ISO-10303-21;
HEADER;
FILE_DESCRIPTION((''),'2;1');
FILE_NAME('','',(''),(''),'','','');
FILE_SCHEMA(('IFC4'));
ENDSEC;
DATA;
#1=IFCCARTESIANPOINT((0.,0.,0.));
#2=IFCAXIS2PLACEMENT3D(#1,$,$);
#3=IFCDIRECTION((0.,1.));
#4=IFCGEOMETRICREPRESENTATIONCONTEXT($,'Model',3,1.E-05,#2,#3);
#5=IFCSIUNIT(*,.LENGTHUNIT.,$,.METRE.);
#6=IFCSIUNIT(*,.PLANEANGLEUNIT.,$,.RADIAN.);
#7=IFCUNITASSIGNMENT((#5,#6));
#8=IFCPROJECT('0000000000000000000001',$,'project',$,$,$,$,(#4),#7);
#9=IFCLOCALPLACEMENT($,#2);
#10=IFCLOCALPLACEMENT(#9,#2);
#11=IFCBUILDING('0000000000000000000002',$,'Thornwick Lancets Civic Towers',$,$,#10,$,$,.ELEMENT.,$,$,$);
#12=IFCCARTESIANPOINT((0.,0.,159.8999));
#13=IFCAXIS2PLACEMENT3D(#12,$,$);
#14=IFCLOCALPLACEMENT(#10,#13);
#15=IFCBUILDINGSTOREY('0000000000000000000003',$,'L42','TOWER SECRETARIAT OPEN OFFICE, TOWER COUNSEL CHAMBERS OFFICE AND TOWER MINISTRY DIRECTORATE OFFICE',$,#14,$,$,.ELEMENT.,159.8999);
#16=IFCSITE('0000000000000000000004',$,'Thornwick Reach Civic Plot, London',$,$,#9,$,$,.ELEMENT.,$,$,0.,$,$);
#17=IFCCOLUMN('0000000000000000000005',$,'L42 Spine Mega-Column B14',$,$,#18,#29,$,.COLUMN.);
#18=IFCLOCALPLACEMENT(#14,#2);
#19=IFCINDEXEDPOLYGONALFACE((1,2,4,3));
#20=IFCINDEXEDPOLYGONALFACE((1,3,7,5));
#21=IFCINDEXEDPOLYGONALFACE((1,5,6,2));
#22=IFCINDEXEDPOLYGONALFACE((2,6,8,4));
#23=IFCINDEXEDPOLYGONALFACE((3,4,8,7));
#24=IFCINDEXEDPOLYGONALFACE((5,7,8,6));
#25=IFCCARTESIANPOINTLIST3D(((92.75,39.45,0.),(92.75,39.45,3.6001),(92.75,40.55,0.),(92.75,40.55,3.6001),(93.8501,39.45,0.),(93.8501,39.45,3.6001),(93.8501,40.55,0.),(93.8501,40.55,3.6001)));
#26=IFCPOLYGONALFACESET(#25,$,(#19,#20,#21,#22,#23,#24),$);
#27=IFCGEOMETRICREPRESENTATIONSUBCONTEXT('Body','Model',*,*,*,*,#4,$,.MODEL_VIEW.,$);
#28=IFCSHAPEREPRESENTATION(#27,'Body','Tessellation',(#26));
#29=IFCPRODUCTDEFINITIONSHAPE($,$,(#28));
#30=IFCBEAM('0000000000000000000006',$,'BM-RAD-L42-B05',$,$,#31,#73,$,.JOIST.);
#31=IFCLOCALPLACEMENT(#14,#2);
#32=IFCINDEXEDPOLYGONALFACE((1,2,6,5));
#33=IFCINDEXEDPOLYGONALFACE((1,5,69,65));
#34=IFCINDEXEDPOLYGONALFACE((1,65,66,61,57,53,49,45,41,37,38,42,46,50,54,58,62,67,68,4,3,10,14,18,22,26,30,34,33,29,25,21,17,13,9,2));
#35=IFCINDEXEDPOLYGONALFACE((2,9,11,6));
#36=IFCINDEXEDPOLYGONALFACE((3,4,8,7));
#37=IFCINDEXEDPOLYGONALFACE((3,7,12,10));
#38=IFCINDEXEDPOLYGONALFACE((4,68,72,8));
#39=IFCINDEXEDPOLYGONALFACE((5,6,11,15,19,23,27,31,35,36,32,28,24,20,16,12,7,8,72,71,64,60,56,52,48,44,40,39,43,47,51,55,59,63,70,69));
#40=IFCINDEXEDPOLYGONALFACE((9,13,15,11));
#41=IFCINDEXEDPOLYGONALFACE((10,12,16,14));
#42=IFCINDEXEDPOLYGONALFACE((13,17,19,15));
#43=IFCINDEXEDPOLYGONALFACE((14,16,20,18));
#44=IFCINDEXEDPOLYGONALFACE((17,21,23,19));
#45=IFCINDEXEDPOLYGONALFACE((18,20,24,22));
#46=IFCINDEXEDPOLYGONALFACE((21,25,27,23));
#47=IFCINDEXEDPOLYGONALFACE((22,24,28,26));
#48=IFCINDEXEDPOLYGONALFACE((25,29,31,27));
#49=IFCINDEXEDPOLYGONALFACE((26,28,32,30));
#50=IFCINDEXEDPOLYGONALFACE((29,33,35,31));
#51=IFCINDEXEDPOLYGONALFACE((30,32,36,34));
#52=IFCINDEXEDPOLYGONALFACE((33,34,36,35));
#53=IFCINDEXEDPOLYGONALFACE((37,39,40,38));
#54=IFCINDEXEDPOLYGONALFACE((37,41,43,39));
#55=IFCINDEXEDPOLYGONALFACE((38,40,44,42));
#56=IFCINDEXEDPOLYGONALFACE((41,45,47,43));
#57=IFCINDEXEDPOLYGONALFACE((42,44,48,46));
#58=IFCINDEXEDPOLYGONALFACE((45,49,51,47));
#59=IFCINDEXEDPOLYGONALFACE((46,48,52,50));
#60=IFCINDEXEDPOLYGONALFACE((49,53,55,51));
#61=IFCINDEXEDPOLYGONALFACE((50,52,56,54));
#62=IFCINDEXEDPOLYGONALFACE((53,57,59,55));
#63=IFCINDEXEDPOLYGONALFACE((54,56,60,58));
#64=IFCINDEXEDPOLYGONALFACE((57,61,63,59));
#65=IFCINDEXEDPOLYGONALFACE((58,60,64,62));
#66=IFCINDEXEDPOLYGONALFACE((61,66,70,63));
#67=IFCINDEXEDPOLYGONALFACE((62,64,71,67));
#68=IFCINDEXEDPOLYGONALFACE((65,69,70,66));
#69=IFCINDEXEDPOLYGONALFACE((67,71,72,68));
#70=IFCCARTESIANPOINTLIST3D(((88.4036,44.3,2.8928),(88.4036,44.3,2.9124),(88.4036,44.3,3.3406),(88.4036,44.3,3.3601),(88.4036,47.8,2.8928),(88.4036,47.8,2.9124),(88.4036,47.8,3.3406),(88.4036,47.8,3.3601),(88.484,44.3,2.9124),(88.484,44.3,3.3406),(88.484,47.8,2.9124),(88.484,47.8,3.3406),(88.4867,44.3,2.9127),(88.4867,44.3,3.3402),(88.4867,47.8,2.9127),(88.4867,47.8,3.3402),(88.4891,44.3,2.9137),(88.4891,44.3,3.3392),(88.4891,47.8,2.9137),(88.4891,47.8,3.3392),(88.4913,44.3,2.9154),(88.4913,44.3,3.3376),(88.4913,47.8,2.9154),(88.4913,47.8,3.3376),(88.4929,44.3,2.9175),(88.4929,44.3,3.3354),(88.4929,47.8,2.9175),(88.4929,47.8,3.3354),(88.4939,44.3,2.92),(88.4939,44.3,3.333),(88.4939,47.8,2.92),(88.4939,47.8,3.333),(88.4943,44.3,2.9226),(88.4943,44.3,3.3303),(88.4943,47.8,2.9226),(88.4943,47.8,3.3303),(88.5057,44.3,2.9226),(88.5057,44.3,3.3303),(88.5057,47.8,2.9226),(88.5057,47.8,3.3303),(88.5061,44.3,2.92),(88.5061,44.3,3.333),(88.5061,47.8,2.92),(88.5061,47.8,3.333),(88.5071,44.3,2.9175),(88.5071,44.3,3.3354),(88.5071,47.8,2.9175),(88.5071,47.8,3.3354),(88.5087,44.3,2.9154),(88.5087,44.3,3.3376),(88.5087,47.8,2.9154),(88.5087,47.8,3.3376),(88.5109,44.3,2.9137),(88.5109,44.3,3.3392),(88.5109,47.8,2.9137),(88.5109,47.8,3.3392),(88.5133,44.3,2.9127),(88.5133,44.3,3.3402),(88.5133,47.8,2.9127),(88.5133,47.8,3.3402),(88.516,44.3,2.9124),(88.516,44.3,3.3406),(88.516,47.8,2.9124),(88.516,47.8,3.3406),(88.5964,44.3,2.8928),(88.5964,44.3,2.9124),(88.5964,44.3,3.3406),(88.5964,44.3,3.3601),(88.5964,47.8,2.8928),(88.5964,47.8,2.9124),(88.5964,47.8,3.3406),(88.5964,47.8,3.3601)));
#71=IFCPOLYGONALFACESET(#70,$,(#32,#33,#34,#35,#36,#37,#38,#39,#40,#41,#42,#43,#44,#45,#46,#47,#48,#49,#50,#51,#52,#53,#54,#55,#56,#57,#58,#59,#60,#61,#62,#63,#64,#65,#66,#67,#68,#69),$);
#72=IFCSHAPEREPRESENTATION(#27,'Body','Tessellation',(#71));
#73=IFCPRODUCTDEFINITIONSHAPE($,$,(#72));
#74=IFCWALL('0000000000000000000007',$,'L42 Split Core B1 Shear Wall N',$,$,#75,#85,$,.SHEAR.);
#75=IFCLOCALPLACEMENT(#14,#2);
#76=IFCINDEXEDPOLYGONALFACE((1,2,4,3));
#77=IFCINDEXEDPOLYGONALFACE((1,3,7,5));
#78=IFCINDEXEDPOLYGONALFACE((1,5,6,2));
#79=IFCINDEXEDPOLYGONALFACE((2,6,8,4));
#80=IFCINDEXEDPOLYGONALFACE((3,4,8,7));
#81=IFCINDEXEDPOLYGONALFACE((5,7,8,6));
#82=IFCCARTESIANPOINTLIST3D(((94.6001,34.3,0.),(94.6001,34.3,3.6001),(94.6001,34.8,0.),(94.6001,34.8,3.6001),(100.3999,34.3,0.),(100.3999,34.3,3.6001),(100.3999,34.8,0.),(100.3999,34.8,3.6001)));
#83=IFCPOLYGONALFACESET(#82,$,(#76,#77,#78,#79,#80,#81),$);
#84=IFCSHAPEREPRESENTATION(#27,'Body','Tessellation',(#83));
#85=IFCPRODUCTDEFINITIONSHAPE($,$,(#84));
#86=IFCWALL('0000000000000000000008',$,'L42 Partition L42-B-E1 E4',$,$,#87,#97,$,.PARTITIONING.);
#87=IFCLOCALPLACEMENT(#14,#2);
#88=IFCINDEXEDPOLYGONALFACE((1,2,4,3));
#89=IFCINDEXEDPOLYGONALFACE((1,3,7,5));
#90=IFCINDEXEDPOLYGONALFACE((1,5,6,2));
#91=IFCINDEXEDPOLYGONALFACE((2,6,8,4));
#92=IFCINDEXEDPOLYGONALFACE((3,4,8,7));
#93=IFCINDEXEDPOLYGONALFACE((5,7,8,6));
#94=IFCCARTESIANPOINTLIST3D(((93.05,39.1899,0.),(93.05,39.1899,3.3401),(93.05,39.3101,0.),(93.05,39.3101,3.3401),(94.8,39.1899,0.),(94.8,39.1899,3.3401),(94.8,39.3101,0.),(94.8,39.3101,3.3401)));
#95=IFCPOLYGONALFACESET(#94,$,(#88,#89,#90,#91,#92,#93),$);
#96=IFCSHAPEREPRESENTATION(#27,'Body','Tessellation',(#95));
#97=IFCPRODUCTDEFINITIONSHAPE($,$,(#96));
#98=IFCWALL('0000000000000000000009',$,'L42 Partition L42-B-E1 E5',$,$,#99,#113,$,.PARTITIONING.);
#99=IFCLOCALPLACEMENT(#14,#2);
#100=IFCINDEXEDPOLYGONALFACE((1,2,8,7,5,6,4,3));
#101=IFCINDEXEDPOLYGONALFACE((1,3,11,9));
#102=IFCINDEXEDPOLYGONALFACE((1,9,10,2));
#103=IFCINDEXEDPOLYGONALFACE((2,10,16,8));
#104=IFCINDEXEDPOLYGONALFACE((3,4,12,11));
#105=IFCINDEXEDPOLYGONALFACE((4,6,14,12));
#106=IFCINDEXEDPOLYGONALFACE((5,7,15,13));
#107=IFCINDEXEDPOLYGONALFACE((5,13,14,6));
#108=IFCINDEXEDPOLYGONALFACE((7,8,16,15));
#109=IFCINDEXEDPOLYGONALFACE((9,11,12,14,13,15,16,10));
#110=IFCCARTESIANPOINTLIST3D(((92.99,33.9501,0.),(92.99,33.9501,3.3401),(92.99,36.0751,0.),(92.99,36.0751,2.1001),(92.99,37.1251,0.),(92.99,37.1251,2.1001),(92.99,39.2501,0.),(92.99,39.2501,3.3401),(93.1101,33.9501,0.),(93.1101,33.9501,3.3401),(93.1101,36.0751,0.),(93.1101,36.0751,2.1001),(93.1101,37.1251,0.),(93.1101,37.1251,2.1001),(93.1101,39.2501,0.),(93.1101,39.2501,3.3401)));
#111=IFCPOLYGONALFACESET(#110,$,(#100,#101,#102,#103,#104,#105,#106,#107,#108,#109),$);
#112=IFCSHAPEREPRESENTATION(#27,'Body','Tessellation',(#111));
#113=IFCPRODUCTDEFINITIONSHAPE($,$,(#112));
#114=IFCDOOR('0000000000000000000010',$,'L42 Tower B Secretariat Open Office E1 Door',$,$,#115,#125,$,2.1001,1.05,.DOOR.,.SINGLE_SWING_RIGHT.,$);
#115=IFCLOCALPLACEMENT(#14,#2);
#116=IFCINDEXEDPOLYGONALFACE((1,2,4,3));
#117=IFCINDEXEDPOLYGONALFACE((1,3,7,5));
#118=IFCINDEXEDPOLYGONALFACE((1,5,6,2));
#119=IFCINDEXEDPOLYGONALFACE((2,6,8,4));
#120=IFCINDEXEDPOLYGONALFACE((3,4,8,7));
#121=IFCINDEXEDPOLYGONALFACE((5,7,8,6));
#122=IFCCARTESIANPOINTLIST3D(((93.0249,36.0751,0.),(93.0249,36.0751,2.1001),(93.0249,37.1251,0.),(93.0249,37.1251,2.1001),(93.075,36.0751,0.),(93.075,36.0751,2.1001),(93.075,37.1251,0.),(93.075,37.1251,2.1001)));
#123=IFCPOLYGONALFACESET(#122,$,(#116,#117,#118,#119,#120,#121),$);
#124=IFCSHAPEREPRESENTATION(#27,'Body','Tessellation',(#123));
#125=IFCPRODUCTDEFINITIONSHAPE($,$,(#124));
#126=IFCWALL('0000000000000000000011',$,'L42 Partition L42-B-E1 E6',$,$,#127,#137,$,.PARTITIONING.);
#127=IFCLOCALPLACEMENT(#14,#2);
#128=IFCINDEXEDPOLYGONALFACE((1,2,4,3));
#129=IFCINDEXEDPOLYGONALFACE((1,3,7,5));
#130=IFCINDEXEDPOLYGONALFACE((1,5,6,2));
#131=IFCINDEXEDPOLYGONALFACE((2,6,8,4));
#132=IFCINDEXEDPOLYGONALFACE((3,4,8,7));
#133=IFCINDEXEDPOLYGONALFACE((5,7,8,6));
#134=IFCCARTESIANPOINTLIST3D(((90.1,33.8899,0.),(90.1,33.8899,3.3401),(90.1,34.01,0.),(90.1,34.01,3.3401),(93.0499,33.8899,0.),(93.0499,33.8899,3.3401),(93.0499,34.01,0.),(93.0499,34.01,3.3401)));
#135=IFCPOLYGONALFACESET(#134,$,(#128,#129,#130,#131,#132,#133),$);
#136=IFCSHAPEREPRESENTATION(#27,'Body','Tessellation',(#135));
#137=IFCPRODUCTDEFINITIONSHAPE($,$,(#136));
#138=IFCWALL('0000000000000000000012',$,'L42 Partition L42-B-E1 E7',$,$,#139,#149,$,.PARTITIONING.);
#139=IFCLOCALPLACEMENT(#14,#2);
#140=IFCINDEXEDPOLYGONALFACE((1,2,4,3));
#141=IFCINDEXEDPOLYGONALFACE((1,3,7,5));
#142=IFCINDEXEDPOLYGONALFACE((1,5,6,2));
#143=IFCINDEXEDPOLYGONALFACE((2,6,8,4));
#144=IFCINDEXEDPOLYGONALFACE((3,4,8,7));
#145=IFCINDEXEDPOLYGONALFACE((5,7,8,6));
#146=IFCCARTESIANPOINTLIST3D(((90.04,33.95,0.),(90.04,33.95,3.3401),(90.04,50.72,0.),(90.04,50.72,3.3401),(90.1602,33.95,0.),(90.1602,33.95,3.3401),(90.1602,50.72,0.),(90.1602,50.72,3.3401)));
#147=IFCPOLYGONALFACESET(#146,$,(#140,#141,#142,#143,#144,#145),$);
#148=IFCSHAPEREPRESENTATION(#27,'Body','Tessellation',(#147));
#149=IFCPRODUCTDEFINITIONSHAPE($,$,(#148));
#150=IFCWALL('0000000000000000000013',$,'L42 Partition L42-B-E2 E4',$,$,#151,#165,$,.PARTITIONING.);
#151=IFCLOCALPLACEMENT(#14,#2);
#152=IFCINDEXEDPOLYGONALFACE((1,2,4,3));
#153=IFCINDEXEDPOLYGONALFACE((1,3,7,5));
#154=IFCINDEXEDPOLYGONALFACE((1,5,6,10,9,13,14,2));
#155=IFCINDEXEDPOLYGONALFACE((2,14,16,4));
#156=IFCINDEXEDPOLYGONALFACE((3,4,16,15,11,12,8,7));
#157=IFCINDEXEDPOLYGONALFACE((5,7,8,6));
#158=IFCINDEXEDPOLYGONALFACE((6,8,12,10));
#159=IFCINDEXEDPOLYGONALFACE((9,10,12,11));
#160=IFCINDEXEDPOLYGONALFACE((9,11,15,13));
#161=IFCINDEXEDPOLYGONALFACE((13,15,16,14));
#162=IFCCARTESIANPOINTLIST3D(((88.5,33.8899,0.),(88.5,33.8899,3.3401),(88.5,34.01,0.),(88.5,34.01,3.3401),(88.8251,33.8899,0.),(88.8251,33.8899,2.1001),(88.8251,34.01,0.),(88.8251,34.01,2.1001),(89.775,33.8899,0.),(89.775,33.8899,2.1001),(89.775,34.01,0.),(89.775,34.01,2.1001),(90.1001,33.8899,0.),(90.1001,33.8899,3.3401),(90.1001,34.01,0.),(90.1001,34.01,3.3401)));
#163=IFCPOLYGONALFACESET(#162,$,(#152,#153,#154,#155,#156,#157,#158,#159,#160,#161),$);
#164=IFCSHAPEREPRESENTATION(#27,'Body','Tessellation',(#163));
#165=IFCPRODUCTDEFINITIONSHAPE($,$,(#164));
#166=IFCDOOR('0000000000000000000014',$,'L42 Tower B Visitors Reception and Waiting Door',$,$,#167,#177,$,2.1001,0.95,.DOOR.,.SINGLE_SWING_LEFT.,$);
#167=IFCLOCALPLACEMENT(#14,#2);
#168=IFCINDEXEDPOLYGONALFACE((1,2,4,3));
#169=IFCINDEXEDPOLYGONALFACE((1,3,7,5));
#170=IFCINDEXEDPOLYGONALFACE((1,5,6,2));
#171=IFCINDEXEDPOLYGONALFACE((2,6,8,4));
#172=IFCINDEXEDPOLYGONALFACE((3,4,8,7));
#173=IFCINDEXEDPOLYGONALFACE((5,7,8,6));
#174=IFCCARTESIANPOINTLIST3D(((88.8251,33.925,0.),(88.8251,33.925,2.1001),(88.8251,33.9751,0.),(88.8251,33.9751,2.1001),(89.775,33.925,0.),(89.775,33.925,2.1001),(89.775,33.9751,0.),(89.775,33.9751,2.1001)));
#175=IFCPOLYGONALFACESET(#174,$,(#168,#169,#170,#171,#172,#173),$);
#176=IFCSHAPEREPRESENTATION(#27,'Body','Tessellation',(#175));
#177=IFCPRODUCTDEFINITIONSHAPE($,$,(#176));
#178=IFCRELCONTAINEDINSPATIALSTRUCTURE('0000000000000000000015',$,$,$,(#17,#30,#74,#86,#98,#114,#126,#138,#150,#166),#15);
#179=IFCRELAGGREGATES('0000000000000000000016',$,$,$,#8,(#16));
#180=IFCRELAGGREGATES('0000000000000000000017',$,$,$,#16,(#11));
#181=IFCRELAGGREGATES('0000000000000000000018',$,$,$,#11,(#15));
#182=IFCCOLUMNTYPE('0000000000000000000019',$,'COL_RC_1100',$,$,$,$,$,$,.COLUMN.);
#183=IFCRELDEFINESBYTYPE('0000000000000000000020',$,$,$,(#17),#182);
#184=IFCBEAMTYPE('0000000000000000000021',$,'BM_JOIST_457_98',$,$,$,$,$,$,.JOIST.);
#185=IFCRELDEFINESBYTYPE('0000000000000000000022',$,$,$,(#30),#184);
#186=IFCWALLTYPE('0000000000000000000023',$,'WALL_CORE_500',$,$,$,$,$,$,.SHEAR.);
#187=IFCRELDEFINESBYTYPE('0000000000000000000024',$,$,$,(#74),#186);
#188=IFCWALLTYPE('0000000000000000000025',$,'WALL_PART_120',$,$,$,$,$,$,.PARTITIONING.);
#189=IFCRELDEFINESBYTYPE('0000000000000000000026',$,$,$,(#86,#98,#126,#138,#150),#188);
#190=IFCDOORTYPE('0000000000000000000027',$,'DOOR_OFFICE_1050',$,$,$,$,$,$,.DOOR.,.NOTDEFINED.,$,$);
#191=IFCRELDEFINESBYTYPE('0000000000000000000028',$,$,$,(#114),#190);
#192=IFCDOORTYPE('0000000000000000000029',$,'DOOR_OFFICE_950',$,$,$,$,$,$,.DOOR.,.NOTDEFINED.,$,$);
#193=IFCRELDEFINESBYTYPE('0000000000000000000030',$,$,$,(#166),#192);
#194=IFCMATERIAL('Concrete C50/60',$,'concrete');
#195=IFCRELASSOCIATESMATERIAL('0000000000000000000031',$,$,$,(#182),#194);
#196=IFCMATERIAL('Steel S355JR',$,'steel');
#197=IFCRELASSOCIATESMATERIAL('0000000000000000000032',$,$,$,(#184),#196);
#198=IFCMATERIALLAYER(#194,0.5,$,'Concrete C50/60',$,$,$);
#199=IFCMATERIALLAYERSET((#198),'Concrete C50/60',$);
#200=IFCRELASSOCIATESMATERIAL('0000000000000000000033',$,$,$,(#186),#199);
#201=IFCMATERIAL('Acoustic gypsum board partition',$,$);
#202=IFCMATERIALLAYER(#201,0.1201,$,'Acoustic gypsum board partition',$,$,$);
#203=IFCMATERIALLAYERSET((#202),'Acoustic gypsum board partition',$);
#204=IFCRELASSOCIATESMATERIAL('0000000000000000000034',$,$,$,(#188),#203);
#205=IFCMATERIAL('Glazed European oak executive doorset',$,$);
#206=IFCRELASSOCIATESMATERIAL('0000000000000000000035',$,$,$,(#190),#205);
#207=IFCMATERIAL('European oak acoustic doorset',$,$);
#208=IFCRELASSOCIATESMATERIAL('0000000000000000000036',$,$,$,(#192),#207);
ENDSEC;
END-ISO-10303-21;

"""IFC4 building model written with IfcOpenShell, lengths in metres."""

from ifc_helpers import new_model, si_unit, direction, frame, frame_2d, origin, origin_2d, place, context, subcontext, project, spatial, rectangle, i_section, extrude, material, layer, layer_set, material_profile, profile_set, type_object, element, fill, save


model = new_model("IFC4")

# Units and contexts
model_context = context("Model", 3, precision=1e-05, world=origin(), true_north=direction((0.0, 1.0)))
body_context = subcontext(model_context, "Body", "Model", "MODEL_VIEW")
ifc_project = project(units=[si_unit("LENGTHUNIT", "METRE"), si_unit("PLANEANGLEUNIT", "RADIAN")], contexts=[model_context])

# Site, building, storey
site_placement = place(None, origin())
site = spatial("IfcSite", under=ifc_project, at=site_placement, Name="Thornwick Reach Civic Plot, London", CompositionType="ELEMENT", RefElevation=0.0)
building_placement = place(site_placement, origin())
building = spatial("IfcBuilding", under=site, at=building_placement, Name="Thornwick Lancets Civic Towers", CompositionType="ELEMENT")
storey_placement = place(building_placement, frame((0.0, 0.0, 159.8999)))
storey = spatial("IfcBuildingStorey", under=building, at=storey_placement, Name="L42", Description="TOWER SECRETARIAT OPEN OFFICE, TOWER COUNSEL CHAMBERS OFFICE AND TOWER MINISTRY DIRECTORATE OFFICE", CompositionType="ELEMENT", Elevation=159.8999)

# Column
ifc_material_1 = material(Name="Concrete C50/60", Category="concrete")
ifc_material_profile_1 = material_profile(ifc_material_1, rectangle(XDim=1.1001, YDim=1.1001, at=origin_2d()), Name="RC 1100x1100")
ifc_profile_set_1 = profile_set([ifc_material_profile_1], Name="Concrete C50/60")
column_type = type_object("IfcColumnType", Name="COL_RC_1100", PredefinedType="COLUMN", material=ifc_profile_set_1)
column_placement = place(storey_placement, frame((93.3, 40.0, 0.0), z_axis=(0.0, 0.0, 1.0), x_axis=(1.0, 0.0, 0.0)))
element("IfcColumn", 1, at=column_placement, inside=storey, type_object=column_type, Name="L42 Spine Mega-Column B14", PredefinedType="COLUMN", context=body_context, shape_type="SweptSolid", body=[
    extrude(rectangle(XDim=1.1001, YDim=1.1001, at=origin_2d()), origin(), (0.0, 0.0, 1.0), 3.6001),
])

# Beam
ifc_material_2 = material(Name="Steel S355JR", Category="steel")
ifc_material_profile_2 = material_profile(ifc_material_2, i_section(OverallWidth=0.1929, OverallDepth=0.4673, WebThickness=0.0115, FlangeThickness=0.0195, FilletRadius=0.0103, at=origin_2d()), Name="UKB 457x191x98")
ifc_profile_set_2 = profile_set([ifc_material_profile_2], Name="Steel S355JR")
beam_type = type_object("IfcBeamType", Name="BM_JOIST_457_98", PredefinedType="JOIST", material=ifc_profile_set_2)
beam_placement = place(storey_placement, frame((88.5, 44.3, 3.1265), z_axis=(0.0, 1.0, 0.0), x_axis=(-1.0, 0.0, 0.0)))
element("IfcBeam", 2, at=beam_placement, inside=storey, type_object=beam_type, Name="BM-RAD-L42-B05", PredefinedType="JOIST", context=body_context, shape_type="SweptSolid", body=[
    extrude(i_section(OverallWidth=0.1929, OverallDepth=0.4673, WebThickness=0.0115, FlangeThickness=0.0195, FilletRadius=0.0103, at=origin_2d()), origin(), (0.0, 0.0, 1.0), 3.5),
])

# Walls
ifc_layer_1 = layer(ifc_material_1, 0.5, Name="Concrete C50/60")
ifc_layer_set_1 = layer_set([ifc_layer_1], Name="Concrete C50/60")
wall_type_1 = type_object("IfcWallType", Name="WALL_CORE_500", PredefinedType="SHEAR", material=ifc_layer_set_1)
wall_1_placement = place(storey_placement, frame((94.6001, 34.55, 0.0), z_axis=(0.0, 0.0, 1.0), x_axis=(1.0, 0.0, 0.0)))
element("IfcWall", 3, at=wall_1_placement, inside=storey, type_object=wall_type_1, Name="L42 Split Core B1 Shear Wall N", PredefinedType="SHEAR", context=body_context, shape_type="SweptSolid", body=[
    extrude(rectangle(XDim=5.7998, YDim=0.5, at=frame_2d((2.8999, 0.0))), origin(), (0.0, 0.0, 1.0), 3.6001),
])
ifc_material_3 = material(Name="Acoustic gypsum board partition")
ifc_layer_2 = layer(ifc_material_3, 0.1201, Name="Acoustic gypsum board partition")
ifc_layer_set_2 = layer_set([ifc_layer_2], Name="Acoustic gypsum board partition")
wall_type_2 = type_object("IfcWallType", Name="WALL_PART_120", PredefinedType="PARTITIONING", material=ifc_layer_set_2)
wall_2_placement = place(storey_placement, frame((94.8, 39.25, 0.0), z_axis=(0.0, 0.0, 1.0), x_axis=(-1.0, 0.0, 0.0)))
element("IfcWall", 4, at=wall_2_placement, inside=storey, type_object=wall_type_2, Name="L42 Partition L42-B-E1 E4", PredefinedType="PARTITIONING", context=body_context, shape_type="SweptSolid", body=[
    extrude(rectangle(XDim=1.75, YDim=0.1201, at=frame_2d((0.875, 0.0))), origin(), (0.0, 0.0, 1.0), 3.3401),
])

# Wall, opening, door
wall_3_placement = place(storey_placement, frame((93.05, 39.25, 0.0), z_axis=(0.0, 0.0, 1.0), x_axis=(0.0, -1.0, 0.0)))
wall_3 = element("IfcWall", 5, at=wall_3_placement, inside=storey, type_object=wall_type_2, Name="L42 Partition L42-B-E1 E5", PredefinedType="PARTITIONING", context=body_context, shape_type="SweptSolid", body=[
    extrude(rectangle(XDim=5.3, YDim=0.1201, at=frame_2d((2.6499, 0.0))), origin(), (0.0, 0.0, 1.0), 3.3401),
])
opening_1_placement = place(wall_3_placement, frame((2.125, 0.0, 0.0)))
opening_1 = element("IfcOpeningElement", 6, at=opening_1_placement, cuts=wall_3, PredefinedType="OPENING", context=body_context, shape_type="SweptSolid", body=[
    extrude(rectangle(XDim=1.05, YDim=2.1001, at=frame_2d((0.5249, 1.05))), frame((0.0, 0.0701, 0.0), z_axis=(0.0, -1.0, 0.0), x_axis=(1.0, 0.0, 0.0)), (0.0, 0.0, 1.0), 0.1401),
])
ifc_material_4 = material(Name="Glazed European oak executive doorset")
door_type_1 = type_object("IfcDoorType", Name="DOOR_OFFICE_1050", OperationType="NOTDEFINED", PredefinedType="DOOR", material=ifc_material_4)
door_1_placement = place(opening_1_placement, origin())
door_1 = element("IfcDoor", 7, at=door_1_placement, inside=storey, type_object=door_type_1, Name="L42 Tower B Secretariat Open Office E1 Door", OperationType="SINGLE_SWING_RIGHT", OverallHeight=2.1001, OverallWidth=1.05, PredefinedType="DOOR", context=body_context, shape_type="SweptSolid", body=[
    extrude(rectangle(XDim=1.05, YDim=2.1001, at=frame_2d((0.5249, 1.05))), frame((0.0, 0.0249, 0.0), z_axis=(0.0, -1.0, 0.0), x_axis=(1.0, 0.0, 0.0)), (0.0, 0.0, 1.0), 0.05),
])
fill(opening_1, door_1)

# Walls
wall_4_placement = place(storey_placement, frame((93.05, 33.95, 0.0), z_axis=(0.0, 0.0, 1.0), x_axis=(-1.0, 0.0, 0.0)))
element("IfcWall", 8, at=wall_4_placement, inside=storey, type_object=wall_type_2, Name="L42 Partition L42-B-E1 E6", PredefinedType="PARTITIONING", context=body_context, shape_type="SweptSolid", body=[
    extrude(rectangle(XDim=2.95, YDim=0.1201, at=frame_2d((1.4751, 0.0))), origin(), (0.0, 0.0, 1.0), 3.3401),
])
wall_5_placement = place(storey_placement, frame((90.1001, 33.95, 0.0), z_axis=(0.0, 0.0, 1.0), x_axis=(0.0, 1.0, 0.0)))
element("IfcWall", 9, at=wall_5_placement, inside=storey, type_object=wall_type_2, Name="L42 Partition L42-B-E1 E7", PredefinedType="PARTITIONING", context=body_context, shape_type="SweptSolid", body=[
    extrude(rectangle(XDim=16.77, YDim=0.1201, at=frame_2d((8.385, 0.0))), origin(), (0.0, 0.0, 1.0), 3.3401),
])

# Wall, opening, door
wall_6_placement = place(storey_placement, frame((90.1001, 33.95, 0.0), z_axis=(0.0, 0.0, 1.0), x_axis=(-1.0, 0.0, 0.0)))
wall_6 = element("IfcWall", 10, at=wall_6_placement, inside=storey, type_object=wall_type_2, Name="L42 Partition L42-B-E2 E4", PredefinedType="PARTITIONING", context=body_context, shape_type="SweptSolid", body=[
    extrude(rectangle(XDim=1.6001, YDim=0.1201, at=frame_2d((0.8, 0.0))), origin(), (0.0, 0.0, 1.0), 3.3401),
])
opening_2_placement = place(wall_6_placement, frame((0.325, 0.0, 0.0)))
opening_2 = element("IfcOpeningElement", 11, at=opening_2_placement, cuts=wall_6, PredefinedType="OPENING", context=body_context, shape_type="SweptSolid", body=[
    extrude(rectangle(XDim=0.95, YDim=2.1001, at=frame_2d((0.4751, 1.05))), frame((0.0, 0.0701, 0.0), z_axis=(0.0, -1.0, 0.0), x_axis=(1.0, 0.0, 0.0)), (0.0, 0.0, 1.0), 0.1401),
])
ifc_material_5 = material(Name="European oak acoustic doorset")
door_type_2 = type_object("IfcDoorType", Name="DOOR_OFFICE_950", OperationType="NOTDEFINED", PredefinedType="DOOR", material=ifc_material_5)
door_2_placement = place(opening_2_placement, origin())
door_2 = element("IfcDoor", 12, at=door_2_placement, inside=storey, type_object=door_type_2, Name="L42 Tower B Visitors Reception and Waiting Door", OperationType="SINGLE_SWING_LEFT", OverallHeight=2.1001, OverallWidth=0.95, PredefinedType="DOOR", context=body_context, shape_type="SweptSolid", body=[
    extrude(rectangle(XDim=0.95, YDim=2.1001, at=frame_2d((0.4751, 1.05))), frame((0.0, 0.0249, 0.0), z_axis=(0.0, -1.0, 0.0), x_axis=(1.0, 0.0, 0.0)), (0.0, 0.0, 1.0), 0.05),
])
fill(opening_2, door_2)

save(model, "model.ifc")
